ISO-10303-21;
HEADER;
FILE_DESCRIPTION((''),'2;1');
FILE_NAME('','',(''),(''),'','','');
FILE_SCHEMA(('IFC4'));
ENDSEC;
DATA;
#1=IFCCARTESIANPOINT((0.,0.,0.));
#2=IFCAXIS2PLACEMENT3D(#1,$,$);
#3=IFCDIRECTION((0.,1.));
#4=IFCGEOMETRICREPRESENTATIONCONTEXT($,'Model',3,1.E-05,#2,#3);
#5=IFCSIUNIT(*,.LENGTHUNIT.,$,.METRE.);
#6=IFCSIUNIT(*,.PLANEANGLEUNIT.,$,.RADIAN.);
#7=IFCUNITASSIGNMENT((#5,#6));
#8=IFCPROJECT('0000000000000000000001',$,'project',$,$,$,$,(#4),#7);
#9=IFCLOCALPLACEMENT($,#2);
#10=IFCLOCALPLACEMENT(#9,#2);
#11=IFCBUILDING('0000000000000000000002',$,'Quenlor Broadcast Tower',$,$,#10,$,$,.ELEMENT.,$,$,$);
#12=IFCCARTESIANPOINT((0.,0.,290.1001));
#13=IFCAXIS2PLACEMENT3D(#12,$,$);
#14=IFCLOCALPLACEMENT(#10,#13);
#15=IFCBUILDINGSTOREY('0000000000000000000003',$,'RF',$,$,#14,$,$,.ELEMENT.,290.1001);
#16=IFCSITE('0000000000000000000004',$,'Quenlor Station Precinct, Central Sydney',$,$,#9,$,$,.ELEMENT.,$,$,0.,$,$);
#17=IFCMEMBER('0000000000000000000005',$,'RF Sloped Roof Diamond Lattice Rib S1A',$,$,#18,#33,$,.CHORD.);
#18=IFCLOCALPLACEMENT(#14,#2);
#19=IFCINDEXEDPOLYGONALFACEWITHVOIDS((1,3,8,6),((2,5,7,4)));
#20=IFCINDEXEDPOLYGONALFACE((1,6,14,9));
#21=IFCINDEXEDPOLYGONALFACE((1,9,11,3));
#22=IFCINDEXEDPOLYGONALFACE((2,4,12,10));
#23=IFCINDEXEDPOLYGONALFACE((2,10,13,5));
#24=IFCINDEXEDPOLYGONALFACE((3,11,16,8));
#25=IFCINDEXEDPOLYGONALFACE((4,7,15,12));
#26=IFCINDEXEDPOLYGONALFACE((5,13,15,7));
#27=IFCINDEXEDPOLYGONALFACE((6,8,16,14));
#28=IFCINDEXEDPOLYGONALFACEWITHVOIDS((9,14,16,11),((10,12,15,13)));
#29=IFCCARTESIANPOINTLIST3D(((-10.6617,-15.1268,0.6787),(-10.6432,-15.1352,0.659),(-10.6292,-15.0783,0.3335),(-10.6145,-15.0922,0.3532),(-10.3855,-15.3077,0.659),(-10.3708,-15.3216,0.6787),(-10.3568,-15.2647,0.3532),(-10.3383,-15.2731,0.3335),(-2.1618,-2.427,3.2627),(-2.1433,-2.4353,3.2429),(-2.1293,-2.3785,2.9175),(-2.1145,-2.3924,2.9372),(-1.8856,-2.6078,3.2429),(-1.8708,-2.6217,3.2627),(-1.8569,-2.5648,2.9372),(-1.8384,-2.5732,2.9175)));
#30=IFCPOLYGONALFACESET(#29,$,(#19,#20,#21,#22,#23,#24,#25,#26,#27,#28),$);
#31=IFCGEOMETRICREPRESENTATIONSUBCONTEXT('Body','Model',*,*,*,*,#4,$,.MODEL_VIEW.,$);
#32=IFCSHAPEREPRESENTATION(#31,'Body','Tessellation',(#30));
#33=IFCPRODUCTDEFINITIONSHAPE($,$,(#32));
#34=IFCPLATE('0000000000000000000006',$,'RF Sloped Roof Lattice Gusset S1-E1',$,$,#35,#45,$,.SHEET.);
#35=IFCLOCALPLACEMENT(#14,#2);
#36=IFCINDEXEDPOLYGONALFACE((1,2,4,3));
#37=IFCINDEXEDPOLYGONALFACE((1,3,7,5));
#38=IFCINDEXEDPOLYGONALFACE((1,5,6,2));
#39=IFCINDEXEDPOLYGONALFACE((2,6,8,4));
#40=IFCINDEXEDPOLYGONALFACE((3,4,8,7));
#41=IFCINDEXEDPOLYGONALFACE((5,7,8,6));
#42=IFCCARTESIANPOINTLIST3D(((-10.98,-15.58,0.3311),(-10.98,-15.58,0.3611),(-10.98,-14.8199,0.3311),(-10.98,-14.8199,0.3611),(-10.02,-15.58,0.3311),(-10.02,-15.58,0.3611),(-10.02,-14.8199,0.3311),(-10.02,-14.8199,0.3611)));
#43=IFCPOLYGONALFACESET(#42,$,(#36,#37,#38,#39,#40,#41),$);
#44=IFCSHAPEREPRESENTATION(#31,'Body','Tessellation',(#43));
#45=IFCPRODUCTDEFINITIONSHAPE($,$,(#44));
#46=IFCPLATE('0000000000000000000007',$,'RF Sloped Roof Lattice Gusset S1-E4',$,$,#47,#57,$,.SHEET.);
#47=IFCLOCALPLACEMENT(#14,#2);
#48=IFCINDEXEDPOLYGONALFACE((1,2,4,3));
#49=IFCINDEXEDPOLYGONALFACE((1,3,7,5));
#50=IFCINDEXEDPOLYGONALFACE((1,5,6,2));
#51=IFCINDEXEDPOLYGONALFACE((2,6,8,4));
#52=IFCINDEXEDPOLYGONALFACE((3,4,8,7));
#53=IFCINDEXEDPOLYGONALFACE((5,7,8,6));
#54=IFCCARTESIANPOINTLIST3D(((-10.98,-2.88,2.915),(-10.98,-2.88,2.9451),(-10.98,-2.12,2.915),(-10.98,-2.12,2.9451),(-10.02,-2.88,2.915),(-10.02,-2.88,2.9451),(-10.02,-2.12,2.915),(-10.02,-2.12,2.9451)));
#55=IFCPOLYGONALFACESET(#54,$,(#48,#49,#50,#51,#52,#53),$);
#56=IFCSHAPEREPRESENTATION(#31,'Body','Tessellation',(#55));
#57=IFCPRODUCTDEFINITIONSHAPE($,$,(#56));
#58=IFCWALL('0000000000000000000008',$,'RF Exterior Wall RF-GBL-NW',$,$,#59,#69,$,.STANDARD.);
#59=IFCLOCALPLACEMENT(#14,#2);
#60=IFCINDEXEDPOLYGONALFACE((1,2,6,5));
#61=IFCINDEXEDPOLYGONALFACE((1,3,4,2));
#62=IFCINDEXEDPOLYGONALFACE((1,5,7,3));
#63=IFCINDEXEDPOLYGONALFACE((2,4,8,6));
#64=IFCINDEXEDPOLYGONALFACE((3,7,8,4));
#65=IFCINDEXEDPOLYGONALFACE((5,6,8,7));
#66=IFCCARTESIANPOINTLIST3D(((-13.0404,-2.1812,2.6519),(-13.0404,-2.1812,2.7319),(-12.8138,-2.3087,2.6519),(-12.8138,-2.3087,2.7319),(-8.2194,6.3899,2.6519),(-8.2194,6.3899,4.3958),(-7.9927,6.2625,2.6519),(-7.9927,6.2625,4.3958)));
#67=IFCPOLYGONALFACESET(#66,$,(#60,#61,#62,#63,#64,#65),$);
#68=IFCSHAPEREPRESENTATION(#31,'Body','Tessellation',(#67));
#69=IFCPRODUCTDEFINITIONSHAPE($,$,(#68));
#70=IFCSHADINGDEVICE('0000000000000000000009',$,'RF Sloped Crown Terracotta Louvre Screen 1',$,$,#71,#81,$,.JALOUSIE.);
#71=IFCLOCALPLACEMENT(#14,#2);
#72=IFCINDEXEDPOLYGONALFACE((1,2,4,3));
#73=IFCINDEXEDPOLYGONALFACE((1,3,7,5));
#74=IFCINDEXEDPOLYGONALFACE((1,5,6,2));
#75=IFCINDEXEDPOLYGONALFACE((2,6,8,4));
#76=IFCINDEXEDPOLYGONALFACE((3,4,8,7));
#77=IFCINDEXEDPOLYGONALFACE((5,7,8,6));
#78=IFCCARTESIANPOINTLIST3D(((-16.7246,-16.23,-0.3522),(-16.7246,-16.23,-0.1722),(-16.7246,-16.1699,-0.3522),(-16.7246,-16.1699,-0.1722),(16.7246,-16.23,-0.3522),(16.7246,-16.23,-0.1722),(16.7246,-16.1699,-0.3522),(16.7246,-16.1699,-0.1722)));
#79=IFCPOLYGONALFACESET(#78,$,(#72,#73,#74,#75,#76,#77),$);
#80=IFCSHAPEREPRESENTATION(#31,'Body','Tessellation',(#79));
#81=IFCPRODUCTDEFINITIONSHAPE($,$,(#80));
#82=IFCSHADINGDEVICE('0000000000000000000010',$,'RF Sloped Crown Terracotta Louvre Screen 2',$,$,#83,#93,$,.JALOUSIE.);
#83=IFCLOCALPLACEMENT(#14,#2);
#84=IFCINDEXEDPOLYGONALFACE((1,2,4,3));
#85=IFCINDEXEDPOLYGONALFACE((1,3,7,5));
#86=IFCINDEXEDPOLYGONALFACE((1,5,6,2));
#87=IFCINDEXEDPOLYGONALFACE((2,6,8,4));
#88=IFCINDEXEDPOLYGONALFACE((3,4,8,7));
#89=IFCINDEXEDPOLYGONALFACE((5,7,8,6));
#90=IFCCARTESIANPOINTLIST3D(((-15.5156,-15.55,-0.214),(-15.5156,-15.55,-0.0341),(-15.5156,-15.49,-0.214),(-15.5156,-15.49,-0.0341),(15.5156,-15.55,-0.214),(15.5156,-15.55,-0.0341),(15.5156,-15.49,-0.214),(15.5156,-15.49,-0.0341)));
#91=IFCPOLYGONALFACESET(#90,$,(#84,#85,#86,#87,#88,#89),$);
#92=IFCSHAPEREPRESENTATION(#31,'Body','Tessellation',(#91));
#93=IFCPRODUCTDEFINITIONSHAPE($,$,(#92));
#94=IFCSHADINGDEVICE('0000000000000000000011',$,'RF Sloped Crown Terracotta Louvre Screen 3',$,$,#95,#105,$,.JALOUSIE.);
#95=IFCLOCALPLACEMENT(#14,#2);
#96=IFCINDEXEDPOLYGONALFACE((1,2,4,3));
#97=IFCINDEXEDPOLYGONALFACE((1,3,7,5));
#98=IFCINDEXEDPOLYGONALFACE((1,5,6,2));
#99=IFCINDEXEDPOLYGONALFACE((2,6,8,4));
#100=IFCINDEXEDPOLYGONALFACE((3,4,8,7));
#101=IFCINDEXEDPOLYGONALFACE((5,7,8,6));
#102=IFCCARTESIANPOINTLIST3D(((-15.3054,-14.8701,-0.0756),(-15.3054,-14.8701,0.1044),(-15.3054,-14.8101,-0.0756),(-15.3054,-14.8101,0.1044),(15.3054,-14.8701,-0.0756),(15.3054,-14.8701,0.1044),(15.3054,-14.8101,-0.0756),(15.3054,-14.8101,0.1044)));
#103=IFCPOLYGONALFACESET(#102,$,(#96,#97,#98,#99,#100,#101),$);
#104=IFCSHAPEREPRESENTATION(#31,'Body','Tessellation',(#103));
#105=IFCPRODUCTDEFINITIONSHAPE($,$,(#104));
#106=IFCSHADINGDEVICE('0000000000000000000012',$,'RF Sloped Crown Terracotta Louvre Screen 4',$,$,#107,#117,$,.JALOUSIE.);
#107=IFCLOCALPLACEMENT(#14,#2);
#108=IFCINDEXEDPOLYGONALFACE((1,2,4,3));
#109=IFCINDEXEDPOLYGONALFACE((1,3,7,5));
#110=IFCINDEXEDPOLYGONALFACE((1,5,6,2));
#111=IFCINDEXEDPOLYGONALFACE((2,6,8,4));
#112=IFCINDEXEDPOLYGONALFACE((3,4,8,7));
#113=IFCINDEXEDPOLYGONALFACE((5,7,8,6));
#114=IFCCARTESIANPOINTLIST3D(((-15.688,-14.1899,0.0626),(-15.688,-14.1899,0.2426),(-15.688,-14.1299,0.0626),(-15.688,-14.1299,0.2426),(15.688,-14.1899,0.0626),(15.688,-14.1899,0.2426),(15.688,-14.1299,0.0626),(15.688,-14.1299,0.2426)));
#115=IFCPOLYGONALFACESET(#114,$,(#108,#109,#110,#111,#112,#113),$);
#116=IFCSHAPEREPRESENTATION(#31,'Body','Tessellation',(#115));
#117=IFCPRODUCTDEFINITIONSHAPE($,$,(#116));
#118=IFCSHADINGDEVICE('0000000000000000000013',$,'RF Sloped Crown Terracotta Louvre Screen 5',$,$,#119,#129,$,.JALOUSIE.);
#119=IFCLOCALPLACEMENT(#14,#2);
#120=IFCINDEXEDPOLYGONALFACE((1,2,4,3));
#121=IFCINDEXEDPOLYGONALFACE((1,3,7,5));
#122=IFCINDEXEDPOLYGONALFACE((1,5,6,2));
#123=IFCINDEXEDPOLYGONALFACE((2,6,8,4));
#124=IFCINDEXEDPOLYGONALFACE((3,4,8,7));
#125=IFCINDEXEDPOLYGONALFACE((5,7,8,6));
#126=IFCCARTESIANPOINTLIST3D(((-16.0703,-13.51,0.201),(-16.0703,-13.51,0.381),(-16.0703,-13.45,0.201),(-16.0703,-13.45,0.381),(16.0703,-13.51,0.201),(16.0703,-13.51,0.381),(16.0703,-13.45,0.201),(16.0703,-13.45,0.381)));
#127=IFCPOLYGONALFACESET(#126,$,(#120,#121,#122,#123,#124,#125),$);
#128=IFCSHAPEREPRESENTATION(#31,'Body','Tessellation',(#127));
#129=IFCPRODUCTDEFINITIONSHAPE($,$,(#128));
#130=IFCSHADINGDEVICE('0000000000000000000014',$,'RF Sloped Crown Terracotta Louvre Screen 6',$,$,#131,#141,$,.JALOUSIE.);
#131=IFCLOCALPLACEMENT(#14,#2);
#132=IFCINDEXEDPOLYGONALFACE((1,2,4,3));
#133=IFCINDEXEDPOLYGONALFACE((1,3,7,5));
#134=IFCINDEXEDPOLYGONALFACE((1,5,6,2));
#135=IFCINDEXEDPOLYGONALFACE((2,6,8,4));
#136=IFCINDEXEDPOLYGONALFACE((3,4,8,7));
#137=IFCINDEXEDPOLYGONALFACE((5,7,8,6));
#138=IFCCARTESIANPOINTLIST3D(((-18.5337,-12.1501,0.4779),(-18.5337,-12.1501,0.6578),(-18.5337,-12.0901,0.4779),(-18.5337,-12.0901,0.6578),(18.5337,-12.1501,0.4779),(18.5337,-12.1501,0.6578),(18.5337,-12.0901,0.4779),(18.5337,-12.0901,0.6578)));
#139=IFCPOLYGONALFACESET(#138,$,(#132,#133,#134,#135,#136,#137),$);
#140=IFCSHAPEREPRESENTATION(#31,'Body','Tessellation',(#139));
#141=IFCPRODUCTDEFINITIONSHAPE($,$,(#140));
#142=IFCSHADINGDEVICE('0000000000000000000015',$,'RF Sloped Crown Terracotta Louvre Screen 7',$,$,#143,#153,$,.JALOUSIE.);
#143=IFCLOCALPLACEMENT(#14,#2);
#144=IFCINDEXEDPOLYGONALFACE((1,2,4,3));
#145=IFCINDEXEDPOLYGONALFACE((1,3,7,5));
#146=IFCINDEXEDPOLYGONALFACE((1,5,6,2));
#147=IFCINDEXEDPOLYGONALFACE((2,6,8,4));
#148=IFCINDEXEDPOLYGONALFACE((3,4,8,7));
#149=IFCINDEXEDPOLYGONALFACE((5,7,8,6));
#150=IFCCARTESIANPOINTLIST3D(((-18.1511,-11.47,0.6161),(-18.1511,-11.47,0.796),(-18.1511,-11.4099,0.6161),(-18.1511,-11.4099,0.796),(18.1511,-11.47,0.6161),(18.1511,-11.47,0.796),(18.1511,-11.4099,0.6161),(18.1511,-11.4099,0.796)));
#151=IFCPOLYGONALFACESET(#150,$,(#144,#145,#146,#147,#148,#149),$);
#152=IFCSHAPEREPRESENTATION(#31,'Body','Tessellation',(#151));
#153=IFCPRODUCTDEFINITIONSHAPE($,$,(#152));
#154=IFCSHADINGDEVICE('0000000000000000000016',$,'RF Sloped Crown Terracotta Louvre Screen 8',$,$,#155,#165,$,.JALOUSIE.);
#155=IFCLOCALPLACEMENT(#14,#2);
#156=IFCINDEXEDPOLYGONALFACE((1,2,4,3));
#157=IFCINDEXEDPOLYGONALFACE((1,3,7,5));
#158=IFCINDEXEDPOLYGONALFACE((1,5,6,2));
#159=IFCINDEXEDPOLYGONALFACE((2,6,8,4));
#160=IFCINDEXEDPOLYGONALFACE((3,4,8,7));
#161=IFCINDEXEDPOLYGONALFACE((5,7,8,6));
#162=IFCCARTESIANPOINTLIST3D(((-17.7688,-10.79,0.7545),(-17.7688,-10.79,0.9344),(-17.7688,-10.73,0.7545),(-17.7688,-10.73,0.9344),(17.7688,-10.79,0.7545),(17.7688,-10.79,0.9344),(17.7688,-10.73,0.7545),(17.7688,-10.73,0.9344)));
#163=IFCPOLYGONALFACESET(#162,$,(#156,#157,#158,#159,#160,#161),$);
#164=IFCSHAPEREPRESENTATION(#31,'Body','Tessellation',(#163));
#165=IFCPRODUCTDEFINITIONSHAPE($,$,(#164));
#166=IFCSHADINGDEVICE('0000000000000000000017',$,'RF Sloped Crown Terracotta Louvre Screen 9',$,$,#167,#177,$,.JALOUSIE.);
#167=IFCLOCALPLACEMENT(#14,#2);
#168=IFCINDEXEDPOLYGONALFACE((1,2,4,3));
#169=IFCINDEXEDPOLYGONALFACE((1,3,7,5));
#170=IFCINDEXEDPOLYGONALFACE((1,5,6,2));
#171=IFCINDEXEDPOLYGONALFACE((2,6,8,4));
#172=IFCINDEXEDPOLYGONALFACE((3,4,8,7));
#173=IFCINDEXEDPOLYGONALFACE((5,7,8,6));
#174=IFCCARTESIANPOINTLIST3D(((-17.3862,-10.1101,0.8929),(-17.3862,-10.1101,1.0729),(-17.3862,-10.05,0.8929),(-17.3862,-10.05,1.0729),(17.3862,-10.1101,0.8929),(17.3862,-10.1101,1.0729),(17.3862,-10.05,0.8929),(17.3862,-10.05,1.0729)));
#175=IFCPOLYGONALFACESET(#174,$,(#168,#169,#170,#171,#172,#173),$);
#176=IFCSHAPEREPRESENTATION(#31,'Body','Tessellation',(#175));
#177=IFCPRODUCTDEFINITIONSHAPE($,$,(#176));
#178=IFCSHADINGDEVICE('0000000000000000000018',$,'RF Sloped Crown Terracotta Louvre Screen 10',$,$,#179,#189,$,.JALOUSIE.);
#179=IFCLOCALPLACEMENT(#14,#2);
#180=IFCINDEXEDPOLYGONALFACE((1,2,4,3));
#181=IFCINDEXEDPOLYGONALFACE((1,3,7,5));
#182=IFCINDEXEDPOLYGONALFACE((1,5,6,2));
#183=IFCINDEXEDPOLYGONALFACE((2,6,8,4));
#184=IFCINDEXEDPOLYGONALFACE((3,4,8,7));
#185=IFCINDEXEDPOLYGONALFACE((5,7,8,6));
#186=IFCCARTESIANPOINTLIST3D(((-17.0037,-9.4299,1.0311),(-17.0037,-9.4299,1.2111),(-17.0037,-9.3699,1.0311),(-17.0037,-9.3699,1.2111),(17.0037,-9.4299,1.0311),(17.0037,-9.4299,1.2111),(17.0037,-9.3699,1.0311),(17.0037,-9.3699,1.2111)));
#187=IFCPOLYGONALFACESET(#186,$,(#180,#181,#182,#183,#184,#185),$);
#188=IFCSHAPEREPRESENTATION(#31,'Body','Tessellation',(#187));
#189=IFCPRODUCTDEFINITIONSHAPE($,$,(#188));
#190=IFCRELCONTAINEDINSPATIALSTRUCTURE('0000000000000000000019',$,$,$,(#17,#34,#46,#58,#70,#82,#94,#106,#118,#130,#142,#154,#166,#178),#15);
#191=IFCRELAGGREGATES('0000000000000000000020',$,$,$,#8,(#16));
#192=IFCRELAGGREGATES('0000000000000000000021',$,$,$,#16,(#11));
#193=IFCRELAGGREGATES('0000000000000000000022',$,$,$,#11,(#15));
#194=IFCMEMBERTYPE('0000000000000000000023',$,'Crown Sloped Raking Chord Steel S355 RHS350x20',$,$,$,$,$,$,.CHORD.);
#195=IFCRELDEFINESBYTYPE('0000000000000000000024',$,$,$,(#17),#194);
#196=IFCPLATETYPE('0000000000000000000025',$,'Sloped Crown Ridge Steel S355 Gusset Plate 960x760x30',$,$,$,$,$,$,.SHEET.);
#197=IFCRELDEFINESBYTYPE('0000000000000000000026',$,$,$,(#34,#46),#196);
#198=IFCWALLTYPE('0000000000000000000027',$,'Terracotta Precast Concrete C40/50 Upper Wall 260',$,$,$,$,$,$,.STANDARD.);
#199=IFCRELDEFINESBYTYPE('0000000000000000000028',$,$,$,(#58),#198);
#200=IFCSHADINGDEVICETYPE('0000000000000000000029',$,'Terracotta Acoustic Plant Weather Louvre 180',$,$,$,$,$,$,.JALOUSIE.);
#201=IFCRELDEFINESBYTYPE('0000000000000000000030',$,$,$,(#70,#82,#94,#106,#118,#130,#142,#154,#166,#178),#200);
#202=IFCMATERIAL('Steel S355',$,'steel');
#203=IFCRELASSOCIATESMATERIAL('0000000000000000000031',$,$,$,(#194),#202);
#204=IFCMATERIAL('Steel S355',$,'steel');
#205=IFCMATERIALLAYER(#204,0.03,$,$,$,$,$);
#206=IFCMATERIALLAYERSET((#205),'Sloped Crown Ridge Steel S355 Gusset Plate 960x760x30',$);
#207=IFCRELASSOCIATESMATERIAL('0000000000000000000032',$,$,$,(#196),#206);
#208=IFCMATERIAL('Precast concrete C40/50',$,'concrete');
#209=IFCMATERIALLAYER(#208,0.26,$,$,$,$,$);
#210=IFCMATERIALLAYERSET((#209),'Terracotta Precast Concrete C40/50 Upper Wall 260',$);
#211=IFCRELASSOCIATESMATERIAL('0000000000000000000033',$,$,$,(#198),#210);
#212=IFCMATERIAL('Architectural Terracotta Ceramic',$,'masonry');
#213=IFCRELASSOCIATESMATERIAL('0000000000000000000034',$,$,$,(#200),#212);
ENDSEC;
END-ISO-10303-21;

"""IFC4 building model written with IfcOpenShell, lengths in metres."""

from ifc_helpers import new_model, si_unit, direction, frame, origin, origin_2d, place, context, subcontext, project, spatial, polyline, rectangle, hollow_rectangle, outline, extrude, material, layer, layer_set, material_profile, profile_set, type_object, element, save


model = new_model("IFC4")

# Units and contexts
model_context = context("Model", 3, precision=1e-05, world=origin(), true_north=direction((0.0, 1.0)))
body_context = subcontext(model_context, "Body", "Model", "MODEL_VIEW")
ifc_project = project(units=[si_unit("LENGTHUNIT", "METRE"), si_unit("PLANEANGLEUNIT", "RADIAN")], contexts=[model_context])

# Site, building, storey
site_placement = place(None, origin())
site = spatial("IfcSite", under=ifc_project, at=site_placement, Name="Quenlor Station Precinct, Central Sydney", CompositionType="ELEMENT", RefElevation=0.0)
building_placement = place(site_placement, origin())
building = spatial("IfcBuilding", under=site, at=building_placement, Name="Quenlor Broadcast Tower", CompositionType="ELEMENT")
storey_placement = place(building_placement, frame((0.0, 0.0, 290.1001)))
storey = spatial("IfcBuildingStorey", under=building, at=storey_placement, Name="RF", CompositionType="ELEMENT", Elevation=290.1001)

# Member
ifc_material_1 = material(Name="Steel S355", Category="steel")
ifc_material_profile_1 = material_profile(ifc_material_1, hollow_rectangle(XDim=0.3501, YDim=0.3501, WallThickness=0.02, at=origin_2d()))
ifc_profile_set_1 = profile_set([ifc_material_profile_1], Name="Steel S355 RHS350x350x20")
member_type = type_object("IfcMemberType", Name="Crown Sloped Raking Chord Steel S355 RHS350x20", PredefinedType="CHORD", material=ifc_profile_set_1)
member_placement = place(storey_placement, frame((-10.5, -15.2, 0.5061), z_axis=(0.548426, 0.81941, 0.166721), x_axis=(-0.831041, 0.556211, 0.0)))
element("IfcMember", 1, at=member_placement, inside=storey, type_object=member_type, Name="RF Sloped Roof Diamond Lattice Rib S1A", PredefinedType="CHORD", context=body_context, shape_type="SweptSolid", body=[
    extrude(hollow_rectangle(XDim=0.3501, YDim=0.3501, WallThickness=0.02, at=origin_2d()), origin(), (0.0, 0.0, 1.0), 15.4988),
])

# Plates
ifc_material_2 = material(Name="Steel S355", Category="steel")
ifc_layer_1 = layer(ifc_material_2, 0.03)
ifc_layer_set_1 = layer_set([ifc_layer_1], Name="Sloped Crown Ridge Steel S355 Gusset Plate 960x760x30")
plate_type = type_object("IfcPlateType", Name="Sloped Crown Ridge Steel S355 Gusset Plate 960x760x30", PredefinedType="SHEET", material=ifc_layer_set_1)
for number, where, z_axis, x_axis, name in (
    (2, (-10.5, -15.2, 0.3311), (0.0, 0.0, 1.0), (1.0, 0.0, 0.0), "RF Sloped Roof Lattice Gusset S1-E1"),
    (3, (-10.5, -2.5, 2.915), (0.0, 0.0, 1.0), (1.0, 0.0, 0.0), "RF Sloped Roof Lattice Gusset S1-E4"),
):
    element("IfcPlate", number, at=place(storey_placement, frame(where, z_axis=z_axis, x_axis=x_axis)), inside=storey, type_object=plate_type, Name=name, PredefinedType="SHEET", context=body_context, shape_type="SweptSolid", body=[
        extrude(rectangle(XDim=0.96, YDim=0.76, at=origin_2d()), origin(), (0.0, 0.0, 1.0), 0.03),
    ])

# Wall
ifc_material_3 = material(Name="Precast concrete C40/50", Category="concrete")
ifc_layer_2 = layer(ifc_material_3, 0.26)
ifc_layer_set_2 = layer_set([ifc_layer_2], Name="Terracotta Precast Concrete C40/50 Upper Wall 260")
wall_type = type_object("IfcWallType", Name="Terracotta Precast Concrete C40/50 Upper Wall 260", PredefinedType="STANDARD", material=ifc_layer_set_2)
wall_placement = place(storey_placement, frame((-12.9272, -2.2449, 2.6519), z_axis=(0.0, 0.0, 1.0), x_axis=(0.490248, 0.871583, 0.0)))
element("IfcWall", 4, at=wall_placement, inside=storey, type_object=wall_type, Name="RF Exterior Wall RF-GBL-NW", PredefinedType="STANDARD", context=body_context, shape_type="SweptSolid", body=[
    extrude(outline(polyline([(0.0, 0.0), (9.834, 0.0), (9.834, 1.7439), (0.0, 0.0801), (0.0, 0.0)])), frame((0.0, 0.1299, 0.0), z_axis=(0.0, -1.0, 0.0), x_axis=(1.0, 0.0, 0.0)), (0.0, 0.0, 1.0), 0.26),
])

# Shading devices
ifc_material_4 = material(Name="Architectural Terracotta Ceramic", Category="masonry")
ifc_material_profile_2 = material_profile(ifc_material_4, rectangle(XDim=0.0601, YDim=0.1799, at=origin_2d()))
ifc_profile_set_2 = profile_set([ifc_material_profile_2], Name="Architectural Terracotta Ceramic LVR60x180")
shading_device_type = type_object("IfcShadingDeviceType", Name="Terracotta Acoustic Plant Weather Louvre 180", PredefinedType="JALOUSIE", material=ifc_profile_set_2)
shading_device_1_placement = place(storey_placement, frame((-16.7246, -16.2, -0.2622), z_axis=(1.0, 0.0, 0.0), x_axis=(0.0, 1.0, 0.0)))
element("IfcShadingDevice", 5, at=shading_device_1_placement, inside=storey, type_object=shading_device_type, Name="RF Sloped Crown Terracotta Louvre Screen 1", PredefinedType="JALOUSIE", context=body_context, shape_type="SweptSolid", body=[
    extrude(rectangle(XDim=0.0601, YDim=0.1799, at=origin_2d()), origin(), (0.0, 0.0, 1.0), 33.4492),
])
shading_device_2_placement = place(storey_placement, frame((-15.5156, -15.52, -0.124), z_axis=(1.0, 0.0, 0.0), x_axis=(0.0, 1.0, 0.0)))
element("IfcShadingDevice", 6, at=shading_device_2_placement, inside=storey, type_object=shading_device_type, Name="RF Sloped Crown Terracotta Louvre Screen 2", PredefinedType="JALOUSIE", context=body_context, shape_type="SweptSolid", body=[
    extrude(rectangle(XDim=0.0601, YDim=0.1799, at=origin_2d()), origin(), (0.0, 0.0, 1.0), 31.0312),
])
shading_device_3_placement = place(storey_placement, frame((-15.3054, -14.8401, 0.0144), z_axis=(1.0, 0.0, 0.0), x_axis=(0.0, 1.0, 0.0)))
element("IfcShadingDevice", 7, at=shading_device_3_placement, inside=storey, type_object=shading_device_type, Name="RF Sloped Crown Terracotta Louvre Screen 3", PredefinedType="JALOUSIE", context=body_context, shape_type="SweptSolid", body=[
    extrude(rectangle(XDim=0.0601, YDim=0.1799, at=origin_2d()), origin(), (0.0, 0.0, 1.0), 30.6108),
])
shading_device_4_placement = place(storey_placement, frame((-15.688, -14.1599, 0.1526), z_axis=(1.0, 0.0, 0.0), x_axis=(0.0, 1.0, 0.0)))
element("IfcShadingDevice", 8, at=shading_device_4_placement, inside=storey, type_object=shading_device_type, Name="RF Sloped Crown Terracotta Louvre Screen 4", PredefinedType="JALOUSIE", context=body_context, shape_type="SweptSolid", body=[
    extrude(rectangle(XDim=0.0601, YDim=0.1799, at=origin_2d()), origin(), (0.0, 0.0, 1.0), 31.376),
])
shading_device_5_placement = place(storey_placement, frame((-16.0703, -13.48, 0.291), z_axis=(1.0, 0.0, 0.0), x_axis=(0.0, 1.0, 0.0)))
element("IfcShadingDevice", 9, at=shading_device_5_placement, inside=storey, type_object=shading_device_type, Name="RF Sloped Crown Terracotta Louvre Screen 5", PredefinedType="JALOUSIE", context=body_context, shape_type="SweptSolid", body=[
    extrude(rectangle(XDim=0.0601, YDim=0.1799, at=origin_2d()), origin(), (0.0, 0.0, 1.0), 32.1406),
])
shading_device_6_placement = place(storey_placement, frame((-18.5337, -12.1201, 0.5679), z_axis=(1.0, 0.0, 0.0), x_axis=(0.0, 1.0, 0.0)))
element("IfcShadingDevice", 10, at=shading_device_6_placement, inside=storey, type_object=shading_device_type, Name="RF Sloped Crown Terracotta Louvre Screen 6", PredefinedType="JALOUSIE", context=body_context, shape_type="SweptSolid", body=[
    extrude(rectangle(XDim=0.0601, YDim=0.1799, at=origin_2d()), origin(), (0.0, 0.0, 1.0), 37.0674),
])
shading_device_7_placement = place(storey_placement, frame((-18.1511, -11.4399, 0.7061), z_axis=(1.0, 0.0, 0.0), x_axis=(0.0, 1.0, 0.0)))
element("IfcShadingDevice", 11, at=shading_device_7_placement, inside=storey, type_object=shading_device_type, Name="RF Sloped Crown Terracotta Louvre Screen 7", PredefinedType="JALOUSIE", context=body_context, shape_type="SweptSolid", body=[
    extrude(rectangle(XDim=0.0601, YDim=0.1799, at=origin_2d()), origin(), (0.0, 0.0, 1.0), 36.3022),
])
shading_device_8_placement = place(storey_placement, frame((-17.7688, -10.76, 0.8445), z_axis=(1.0, 0.0, 0.0), x_axis=(0.0, 1.0, 0.0)))
element("IfcShadingDevice", 12, at=shading_device_8_placement, inside=storey, type_object=shading_device_type, Name="RF Sloped Crown Terracotta Louvre Screen 8", PredefinedType="JALOUSIE", context=body_context, shape_type="SweptSolid", body=[
    extrude(rectangle(XDim=0.0601, YDim=0.1799, at=origin_2d()), origin(), (0.0, 0.0, 1.0), 35.5376),
])
shading_device_9_placement = place(storey_placement, frame((-17.3862, -10.0801, 0.9829), z_axis=(1.0, 0.0, 0.0), x_axis=(0.0, 1.0, 0.0)))
element("IfcShadingDevice", 13, at=shading_device_9_placement, inside=storey, type_object=shading_device_type, Name="RF Sloped Crown Terracotta Louvre Screen 9", PredefinedType="JALOUSIE", context=body_context, shape_type="SweptSolid", body=[
    extrude(rectangle(XDim=0.0601, YDim=0.1799, at=origin_2d()), origin(), (0.0, 0.0, 1.0), 34.7725),
])
shading_device_10_placement = place(storey_placement, frame((-17.0037, -9.3999, 1.1211), z_axis=(1.0, 0.0, 0.0), x_axis=(0.0, 1.0, 0.0)))
element("IfcShadingDevice", 14, at=shading_device_10_placement, inside=storey, type_object=shading_device_type, Name="RF Sloped Crown Terracotta Louvre Screen 10", PredefinedType="JALOUSIE", context=body_context, shape_type="SweptSolid", body=[
    extrude(rectangle(XDim=0.0601, YDim=0.1799, at=origin_2d()), origin(), (0.0, 0.0, 1.0), 34.0073),
])

save(model, "model.ifc")
